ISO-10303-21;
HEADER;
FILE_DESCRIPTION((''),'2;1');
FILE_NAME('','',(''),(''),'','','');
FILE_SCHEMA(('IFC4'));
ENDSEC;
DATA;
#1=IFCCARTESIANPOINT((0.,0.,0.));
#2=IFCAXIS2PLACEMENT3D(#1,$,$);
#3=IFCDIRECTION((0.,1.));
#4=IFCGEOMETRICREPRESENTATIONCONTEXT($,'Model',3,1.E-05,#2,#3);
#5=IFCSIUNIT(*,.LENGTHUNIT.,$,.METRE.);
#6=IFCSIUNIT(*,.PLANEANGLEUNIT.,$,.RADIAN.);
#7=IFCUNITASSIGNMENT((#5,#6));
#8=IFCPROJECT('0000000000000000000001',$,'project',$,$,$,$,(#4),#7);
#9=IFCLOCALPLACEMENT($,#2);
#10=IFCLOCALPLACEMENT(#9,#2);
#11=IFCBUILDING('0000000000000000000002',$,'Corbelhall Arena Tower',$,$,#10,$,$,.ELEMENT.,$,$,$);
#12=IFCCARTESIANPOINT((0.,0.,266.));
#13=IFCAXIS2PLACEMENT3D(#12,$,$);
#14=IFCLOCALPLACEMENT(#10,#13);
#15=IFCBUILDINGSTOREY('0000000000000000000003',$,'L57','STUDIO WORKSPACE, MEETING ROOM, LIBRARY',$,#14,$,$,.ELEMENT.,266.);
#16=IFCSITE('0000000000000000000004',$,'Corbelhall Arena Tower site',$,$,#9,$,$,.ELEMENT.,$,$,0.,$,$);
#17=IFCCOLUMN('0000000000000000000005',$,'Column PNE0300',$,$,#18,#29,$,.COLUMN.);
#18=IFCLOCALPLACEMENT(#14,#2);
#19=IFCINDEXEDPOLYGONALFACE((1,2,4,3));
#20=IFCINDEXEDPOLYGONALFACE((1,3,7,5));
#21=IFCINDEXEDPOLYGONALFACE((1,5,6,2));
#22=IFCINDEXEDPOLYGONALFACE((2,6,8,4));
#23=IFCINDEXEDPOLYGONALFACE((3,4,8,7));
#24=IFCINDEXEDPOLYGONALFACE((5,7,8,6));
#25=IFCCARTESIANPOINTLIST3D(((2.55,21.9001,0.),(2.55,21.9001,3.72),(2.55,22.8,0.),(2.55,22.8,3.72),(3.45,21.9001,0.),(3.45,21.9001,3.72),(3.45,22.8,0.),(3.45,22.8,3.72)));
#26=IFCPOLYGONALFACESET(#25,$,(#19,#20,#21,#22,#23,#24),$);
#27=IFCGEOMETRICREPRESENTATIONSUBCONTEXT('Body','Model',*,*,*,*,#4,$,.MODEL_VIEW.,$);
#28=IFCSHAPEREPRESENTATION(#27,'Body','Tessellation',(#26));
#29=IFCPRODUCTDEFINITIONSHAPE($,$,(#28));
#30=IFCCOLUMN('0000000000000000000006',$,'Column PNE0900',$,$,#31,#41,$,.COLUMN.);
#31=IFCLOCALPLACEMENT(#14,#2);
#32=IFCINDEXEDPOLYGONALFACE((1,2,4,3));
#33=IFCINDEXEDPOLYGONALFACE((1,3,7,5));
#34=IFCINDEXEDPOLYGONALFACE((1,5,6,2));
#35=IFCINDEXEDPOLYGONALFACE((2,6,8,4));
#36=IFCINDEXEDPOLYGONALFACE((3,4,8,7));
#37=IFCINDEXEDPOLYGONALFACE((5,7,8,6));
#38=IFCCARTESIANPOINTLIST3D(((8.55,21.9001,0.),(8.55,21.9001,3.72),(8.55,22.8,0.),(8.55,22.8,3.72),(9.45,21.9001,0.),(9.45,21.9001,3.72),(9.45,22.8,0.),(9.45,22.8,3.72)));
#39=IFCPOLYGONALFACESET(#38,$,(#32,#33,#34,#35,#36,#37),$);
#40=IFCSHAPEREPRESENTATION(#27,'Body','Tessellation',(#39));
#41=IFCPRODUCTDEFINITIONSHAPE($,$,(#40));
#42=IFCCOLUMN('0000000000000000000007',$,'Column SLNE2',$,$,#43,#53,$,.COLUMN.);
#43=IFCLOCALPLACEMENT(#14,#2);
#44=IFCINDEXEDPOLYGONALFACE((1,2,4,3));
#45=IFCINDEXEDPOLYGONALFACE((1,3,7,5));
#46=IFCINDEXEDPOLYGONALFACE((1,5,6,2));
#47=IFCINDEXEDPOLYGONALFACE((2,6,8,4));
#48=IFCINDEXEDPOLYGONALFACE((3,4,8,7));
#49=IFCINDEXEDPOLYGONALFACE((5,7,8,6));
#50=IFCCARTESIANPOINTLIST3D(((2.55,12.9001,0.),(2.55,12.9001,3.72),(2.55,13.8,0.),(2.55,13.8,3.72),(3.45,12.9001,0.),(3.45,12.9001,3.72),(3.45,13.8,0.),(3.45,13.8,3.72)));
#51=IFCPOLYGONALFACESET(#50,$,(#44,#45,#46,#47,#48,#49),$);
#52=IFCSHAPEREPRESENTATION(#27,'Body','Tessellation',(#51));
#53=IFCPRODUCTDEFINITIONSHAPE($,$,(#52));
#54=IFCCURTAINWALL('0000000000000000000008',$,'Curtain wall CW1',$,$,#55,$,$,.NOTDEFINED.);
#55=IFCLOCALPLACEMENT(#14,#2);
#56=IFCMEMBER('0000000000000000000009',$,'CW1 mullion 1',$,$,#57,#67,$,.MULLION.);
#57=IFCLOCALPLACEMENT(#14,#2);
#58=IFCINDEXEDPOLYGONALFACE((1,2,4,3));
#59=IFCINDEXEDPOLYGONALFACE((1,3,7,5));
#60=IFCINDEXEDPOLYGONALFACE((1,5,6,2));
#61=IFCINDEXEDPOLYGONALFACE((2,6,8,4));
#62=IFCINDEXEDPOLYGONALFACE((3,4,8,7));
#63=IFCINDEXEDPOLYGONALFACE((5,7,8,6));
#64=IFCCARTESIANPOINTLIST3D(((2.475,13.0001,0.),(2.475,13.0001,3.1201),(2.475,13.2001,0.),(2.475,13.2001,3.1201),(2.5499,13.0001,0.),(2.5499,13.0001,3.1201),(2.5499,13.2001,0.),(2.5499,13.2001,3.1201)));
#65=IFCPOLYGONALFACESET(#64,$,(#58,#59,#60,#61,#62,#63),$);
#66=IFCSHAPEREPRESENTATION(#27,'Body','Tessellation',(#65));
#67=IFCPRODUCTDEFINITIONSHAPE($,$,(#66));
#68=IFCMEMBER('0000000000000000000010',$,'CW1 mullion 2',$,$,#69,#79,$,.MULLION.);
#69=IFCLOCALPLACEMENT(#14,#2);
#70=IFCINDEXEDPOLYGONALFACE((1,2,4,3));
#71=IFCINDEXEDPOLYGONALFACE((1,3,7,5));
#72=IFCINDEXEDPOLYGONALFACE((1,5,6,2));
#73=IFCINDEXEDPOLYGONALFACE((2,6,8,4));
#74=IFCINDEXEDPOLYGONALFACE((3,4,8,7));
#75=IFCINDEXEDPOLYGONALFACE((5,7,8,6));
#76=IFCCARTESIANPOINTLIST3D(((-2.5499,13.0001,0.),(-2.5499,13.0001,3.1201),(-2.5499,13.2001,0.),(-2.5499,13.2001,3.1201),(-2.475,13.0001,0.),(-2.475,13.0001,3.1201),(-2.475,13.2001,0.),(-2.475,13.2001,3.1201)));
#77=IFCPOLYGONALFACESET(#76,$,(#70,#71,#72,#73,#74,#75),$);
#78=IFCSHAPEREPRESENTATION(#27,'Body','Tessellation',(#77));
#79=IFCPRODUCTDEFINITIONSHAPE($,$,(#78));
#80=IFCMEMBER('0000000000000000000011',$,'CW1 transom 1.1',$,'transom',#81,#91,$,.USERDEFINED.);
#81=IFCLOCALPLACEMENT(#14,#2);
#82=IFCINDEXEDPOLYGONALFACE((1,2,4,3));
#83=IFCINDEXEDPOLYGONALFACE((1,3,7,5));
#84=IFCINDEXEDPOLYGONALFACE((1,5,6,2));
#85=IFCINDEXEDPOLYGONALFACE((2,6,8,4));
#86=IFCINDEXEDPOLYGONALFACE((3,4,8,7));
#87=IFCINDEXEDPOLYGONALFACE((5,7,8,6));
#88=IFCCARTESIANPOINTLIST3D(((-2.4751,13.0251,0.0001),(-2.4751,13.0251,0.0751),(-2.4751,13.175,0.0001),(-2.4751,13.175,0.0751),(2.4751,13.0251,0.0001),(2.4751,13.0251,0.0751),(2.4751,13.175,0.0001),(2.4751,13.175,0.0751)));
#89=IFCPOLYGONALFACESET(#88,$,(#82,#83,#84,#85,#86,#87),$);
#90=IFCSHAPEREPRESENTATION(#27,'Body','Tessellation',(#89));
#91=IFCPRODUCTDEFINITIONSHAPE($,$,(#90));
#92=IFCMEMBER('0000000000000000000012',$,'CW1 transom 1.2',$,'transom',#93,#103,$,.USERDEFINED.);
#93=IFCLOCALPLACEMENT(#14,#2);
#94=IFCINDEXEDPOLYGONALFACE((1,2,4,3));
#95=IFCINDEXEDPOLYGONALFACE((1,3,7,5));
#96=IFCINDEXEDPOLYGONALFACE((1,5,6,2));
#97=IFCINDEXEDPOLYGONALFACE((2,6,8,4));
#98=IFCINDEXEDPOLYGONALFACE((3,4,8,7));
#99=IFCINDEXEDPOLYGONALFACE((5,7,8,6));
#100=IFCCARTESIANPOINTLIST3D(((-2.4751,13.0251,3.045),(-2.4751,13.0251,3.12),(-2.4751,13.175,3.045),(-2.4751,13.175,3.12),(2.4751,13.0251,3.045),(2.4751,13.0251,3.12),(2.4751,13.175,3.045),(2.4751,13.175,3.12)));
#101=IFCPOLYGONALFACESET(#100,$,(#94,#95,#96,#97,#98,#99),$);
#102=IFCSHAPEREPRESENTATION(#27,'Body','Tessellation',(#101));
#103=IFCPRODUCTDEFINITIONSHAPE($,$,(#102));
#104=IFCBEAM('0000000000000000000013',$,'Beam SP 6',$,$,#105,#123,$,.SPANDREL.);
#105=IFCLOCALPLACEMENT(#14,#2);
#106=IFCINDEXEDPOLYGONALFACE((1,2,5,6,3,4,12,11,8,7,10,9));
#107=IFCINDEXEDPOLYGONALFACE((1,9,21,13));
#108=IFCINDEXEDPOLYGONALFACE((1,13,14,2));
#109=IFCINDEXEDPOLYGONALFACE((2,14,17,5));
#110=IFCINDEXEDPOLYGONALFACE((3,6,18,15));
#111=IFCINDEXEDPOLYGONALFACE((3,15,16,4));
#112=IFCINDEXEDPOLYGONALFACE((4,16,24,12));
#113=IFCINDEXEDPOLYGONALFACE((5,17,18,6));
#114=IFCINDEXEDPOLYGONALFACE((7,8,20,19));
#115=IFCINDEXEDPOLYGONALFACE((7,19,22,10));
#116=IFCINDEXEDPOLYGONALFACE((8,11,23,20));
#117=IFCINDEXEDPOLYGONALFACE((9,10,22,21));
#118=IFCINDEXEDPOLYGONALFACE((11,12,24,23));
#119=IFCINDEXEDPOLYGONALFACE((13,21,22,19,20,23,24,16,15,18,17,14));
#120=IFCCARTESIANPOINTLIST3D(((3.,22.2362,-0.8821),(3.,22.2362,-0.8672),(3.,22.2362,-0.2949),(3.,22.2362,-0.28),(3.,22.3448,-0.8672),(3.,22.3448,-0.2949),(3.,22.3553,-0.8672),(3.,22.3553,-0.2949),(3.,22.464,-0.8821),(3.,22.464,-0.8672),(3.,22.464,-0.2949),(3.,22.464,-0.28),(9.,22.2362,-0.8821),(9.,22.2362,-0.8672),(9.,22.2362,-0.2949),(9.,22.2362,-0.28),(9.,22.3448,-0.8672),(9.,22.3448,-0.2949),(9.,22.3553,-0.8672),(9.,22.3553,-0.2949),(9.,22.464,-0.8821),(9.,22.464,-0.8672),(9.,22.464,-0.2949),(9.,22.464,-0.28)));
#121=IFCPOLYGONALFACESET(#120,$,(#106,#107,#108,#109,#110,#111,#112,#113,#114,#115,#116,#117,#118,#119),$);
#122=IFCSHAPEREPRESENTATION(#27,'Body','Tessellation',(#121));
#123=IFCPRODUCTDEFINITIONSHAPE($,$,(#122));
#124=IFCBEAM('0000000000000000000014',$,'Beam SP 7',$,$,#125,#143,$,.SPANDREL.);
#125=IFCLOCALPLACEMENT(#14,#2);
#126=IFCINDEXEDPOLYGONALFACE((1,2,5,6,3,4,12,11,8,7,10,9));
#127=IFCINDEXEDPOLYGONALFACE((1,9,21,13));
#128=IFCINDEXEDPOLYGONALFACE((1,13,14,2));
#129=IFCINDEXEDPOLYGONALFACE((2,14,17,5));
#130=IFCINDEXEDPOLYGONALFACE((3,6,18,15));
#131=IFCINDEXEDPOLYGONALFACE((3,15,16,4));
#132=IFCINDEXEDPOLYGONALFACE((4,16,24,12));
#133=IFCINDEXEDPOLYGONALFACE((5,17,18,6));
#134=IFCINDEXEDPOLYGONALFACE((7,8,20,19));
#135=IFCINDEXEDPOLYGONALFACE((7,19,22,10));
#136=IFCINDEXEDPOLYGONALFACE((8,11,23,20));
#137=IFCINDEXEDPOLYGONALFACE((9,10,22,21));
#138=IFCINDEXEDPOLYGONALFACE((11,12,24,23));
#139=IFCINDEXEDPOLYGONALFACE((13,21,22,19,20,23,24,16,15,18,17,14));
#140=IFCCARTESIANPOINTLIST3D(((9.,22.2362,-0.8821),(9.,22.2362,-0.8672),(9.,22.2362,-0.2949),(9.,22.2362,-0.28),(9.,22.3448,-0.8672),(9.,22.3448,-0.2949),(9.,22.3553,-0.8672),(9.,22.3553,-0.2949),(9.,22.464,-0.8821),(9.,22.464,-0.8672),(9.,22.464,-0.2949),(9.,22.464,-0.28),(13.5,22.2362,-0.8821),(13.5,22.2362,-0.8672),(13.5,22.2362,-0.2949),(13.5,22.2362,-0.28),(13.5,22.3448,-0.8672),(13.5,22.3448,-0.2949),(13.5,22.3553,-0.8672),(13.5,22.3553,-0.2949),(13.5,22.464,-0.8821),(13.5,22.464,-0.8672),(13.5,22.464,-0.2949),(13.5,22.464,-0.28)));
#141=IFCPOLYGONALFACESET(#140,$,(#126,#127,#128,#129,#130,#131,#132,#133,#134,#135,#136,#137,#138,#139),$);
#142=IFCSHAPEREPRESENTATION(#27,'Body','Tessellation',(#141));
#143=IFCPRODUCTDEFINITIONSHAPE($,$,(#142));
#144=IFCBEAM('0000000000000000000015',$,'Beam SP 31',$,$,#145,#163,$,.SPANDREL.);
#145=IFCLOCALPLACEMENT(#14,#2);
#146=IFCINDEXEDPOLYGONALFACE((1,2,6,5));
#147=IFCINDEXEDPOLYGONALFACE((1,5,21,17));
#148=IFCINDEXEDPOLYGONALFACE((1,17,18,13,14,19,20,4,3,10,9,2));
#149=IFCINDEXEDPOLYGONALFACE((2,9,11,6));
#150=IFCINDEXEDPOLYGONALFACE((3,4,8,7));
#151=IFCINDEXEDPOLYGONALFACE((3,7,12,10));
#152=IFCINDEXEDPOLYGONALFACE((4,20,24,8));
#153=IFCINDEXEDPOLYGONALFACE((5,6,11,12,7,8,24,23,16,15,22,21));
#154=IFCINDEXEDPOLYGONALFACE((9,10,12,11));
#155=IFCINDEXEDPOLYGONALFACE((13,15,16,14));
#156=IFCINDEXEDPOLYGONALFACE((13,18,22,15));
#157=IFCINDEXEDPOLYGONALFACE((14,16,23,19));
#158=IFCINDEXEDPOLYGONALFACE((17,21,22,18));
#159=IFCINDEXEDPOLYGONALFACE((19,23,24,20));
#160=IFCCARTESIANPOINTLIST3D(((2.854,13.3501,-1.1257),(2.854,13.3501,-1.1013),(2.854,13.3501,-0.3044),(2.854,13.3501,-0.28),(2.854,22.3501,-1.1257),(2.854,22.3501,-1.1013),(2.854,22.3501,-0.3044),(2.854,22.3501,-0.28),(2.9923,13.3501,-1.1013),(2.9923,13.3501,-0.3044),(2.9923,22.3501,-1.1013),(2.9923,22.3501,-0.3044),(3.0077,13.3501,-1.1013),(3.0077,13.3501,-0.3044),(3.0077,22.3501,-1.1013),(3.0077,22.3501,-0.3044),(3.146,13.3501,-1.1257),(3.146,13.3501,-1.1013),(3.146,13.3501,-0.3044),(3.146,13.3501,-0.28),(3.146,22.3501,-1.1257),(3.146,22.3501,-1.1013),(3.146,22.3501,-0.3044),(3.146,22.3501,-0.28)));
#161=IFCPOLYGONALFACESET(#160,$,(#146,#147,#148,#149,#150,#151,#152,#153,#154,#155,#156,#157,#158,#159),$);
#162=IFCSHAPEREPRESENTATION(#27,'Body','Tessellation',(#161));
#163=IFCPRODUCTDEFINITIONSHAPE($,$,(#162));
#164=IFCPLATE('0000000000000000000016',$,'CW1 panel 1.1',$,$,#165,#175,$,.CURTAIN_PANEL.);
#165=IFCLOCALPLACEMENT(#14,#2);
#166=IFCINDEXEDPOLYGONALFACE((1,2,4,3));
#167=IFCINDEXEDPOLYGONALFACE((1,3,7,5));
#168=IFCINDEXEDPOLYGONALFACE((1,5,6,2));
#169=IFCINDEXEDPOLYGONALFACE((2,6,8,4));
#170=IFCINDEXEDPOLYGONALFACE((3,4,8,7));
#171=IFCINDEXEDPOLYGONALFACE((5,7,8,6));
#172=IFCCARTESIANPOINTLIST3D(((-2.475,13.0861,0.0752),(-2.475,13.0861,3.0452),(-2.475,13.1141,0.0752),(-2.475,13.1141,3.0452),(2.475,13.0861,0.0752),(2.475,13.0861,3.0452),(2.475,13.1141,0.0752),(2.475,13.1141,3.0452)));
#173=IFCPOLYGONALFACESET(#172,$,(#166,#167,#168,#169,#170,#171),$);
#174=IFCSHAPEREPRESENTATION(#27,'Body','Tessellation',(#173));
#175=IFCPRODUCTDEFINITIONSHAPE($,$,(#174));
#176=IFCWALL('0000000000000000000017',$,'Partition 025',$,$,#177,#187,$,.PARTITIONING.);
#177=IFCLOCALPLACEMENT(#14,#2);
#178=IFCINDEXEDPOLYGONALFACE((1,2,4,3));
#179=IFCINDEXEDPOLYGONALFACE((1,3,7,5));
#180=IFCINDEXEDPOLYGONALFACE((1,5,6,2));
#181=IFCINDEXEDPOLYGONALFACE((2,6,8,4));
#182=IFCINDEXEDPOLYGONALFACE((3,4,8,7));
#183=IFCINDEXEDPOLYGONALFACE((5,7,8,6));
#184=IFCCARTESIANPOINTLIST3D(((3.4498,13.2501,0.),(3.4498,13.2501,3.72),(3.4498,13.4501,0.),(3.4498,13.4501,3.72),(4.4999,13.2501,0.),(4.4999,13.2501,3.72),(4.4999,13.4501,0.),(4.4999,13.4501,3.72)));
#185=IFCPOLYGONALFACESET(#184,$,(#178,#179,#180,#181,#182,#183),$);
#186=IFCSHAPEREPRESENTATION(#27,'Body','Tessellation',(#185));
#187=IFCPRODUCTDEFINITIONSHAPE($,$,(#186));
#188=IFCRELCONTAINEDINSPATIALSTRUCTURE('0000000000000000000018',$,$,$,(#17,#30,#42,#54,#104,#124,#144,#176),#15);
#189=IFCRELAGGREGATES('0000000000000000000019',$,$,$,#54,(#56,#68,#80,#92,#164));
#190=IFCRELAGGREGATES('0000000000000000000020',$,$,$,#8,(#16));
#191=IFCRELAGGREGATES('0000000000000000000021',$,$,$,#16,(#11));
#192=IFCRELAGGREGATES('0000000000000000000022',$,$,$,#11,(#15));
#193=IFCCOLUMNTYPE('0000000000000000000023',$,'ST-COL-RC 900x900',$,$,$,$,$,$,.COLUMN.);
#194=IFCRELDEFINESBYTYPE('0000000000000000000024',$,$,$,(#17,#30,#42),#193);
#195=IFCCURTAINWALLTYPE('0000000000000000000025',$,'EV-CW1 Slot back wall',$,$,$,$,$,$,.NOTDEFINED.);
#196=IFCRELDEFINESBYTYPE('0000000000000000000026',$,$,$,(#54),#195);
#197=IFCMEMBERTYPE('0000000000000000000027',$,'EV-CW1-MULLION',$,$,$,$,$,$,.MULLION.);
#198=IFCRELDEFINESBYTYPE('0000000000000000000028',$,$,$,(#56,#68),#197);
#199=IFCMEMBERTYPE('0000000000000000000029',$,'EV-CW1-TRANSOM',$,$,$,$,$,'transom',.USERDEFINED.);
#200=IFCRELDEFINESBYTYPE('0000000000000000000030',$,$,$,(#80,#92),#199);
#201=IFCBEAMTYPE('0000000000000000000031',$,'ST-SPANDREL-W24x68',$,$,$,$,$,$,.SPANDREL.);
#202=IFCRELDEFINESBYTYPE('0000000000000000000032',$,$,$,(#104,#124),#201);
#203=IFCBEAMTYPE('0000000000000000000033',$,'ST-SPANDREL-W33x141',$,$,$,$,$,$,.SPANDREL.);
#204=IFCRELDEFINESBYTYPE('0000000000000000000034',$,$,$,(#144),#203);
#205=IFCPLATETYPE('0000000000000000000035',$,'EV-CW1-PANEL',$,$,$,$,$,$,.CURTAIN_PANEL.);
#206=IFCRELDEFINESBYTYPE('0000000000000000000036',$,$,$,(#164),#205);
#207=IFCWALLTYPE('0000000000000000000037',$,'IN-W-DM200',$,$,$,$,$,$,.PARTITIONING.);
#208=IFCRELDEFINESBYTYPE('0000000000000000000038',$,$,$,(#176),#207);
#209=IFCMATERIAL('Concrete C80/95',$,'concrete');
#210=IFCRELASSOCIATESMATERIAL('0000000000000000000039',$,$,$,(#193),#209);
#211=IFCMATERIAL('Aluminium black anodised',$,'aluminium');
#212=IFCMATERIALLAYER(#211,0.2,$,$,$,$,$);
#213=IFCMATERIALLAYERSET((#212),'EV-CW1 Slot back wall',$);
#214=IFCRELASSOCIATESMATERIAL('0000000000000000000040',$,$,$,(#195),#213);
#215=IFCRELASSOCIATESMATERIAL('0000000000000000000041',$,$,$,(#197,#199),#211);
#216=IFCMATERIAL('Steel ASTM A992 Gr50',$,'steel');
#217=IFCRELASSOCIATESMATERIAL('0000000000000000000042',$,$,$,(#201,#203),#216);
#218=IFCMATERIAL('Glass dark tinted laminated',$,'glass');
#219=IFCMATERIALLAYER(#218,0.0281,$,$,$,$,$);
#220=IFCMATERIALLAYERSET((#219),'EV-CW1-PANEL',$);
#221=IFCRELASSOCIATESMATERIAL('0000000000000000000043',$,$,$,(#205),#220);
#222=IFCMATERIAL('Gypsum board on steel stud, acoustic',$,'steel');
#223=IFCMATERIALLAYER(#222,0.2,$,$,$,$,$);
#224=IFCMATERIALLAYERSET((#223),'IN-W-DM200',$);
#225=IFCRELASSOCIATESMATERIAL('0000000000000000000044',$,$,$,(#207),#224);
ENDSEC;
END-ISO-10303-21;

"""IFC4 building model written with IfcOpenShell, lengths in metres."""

from ifc_helpers import new_model, si_unit, direction, frame, frame_2d, origin, origin_2d, place, context, subcontext, project, spatial, rectangle, i_section, extrude, material, layer, layer_set, material_profile, profile_set, type_object, element, aggregate, save


model = new_model("IFC4")

# Units and contexts
model_context = context("Model", 3, precision=1e-05, world=origin(), true_north=direction((0.0, 1.0)))
body_context = subcontext(model_context, "Body", "Model", "MODEL_VIEW")
ifc_project = project(units=[si_unit("LENGTHUNIT", "METRE"), si_unit("PLANEANGLEUNIT", "RADIAN")], contexts=[model_context])

# Site, building, storey
site_placement = place(None, origin())
site = spatial("IfcSite", under=ifc_project, at=site_placement, Name="Corbelhall Arena Tower site", CompositionType="ELEMENT", RefElevation=0.0)
building_placement = place(site_placement, origin())
building = spatial("IfcBuilding", under=site, at=building_placement, Name="Corbelhall Arena Tower", CompositionType="ELEMENT")
storey_placement = place(building_placement, frame((0.0, 0.0, 266.0)))
storey = spatial("IfcBuildingStorey", under=building, at=storey_placement, Name="L57", Description="STUDIO WORKSPACE, MEETING ROOM, LIBRARY", CompositionType="ELEMENT", Elevation=266.0)

# Columns
ifc_material_1 = material(Name="Concrete C80/95", Category="concrete")
ifc_material_profile_1 = material_profile(ifc_material_1, rectangle(XDim=0.8999, YDim=0.8999, at=origin_2d()))
ifc_profile_set_1 = profile_set([ifc_material_profile_1], Name="Concrete C80/95")
column_type = type_object("IfcColumnType", Name="ST-COL-RC 900x900", PredefinedType="COLUMN", material=ifc_profile_set_1)
for number, where, z_axis, x_axis, name in (
    (1, (3.0, 22.3501, 0.0), (0.0, 0.0, 1.0), (1.0, 0.0, 0.0), "Column PNE0300"),
    (2, (9.0, 22.3501, 0.0), (0.0, 0.0, 1.0), (1.0, 0.0, 0.0), "Column PNE0900"),
    (3, (3.0, 13.3501, 0.0), (0.0, 0.0, 1.0), (1.0, 0.0, 0.0), "Column SLNE2"),
):
    element("IfcColumn", number, at=place(storey_placement, frame(where, z_axis=z_axis, x_axis=x_axis)), inside=storey, type_object=column_type, Name=name, PredefinedType="COLUMN", context=body_context, shape_type="SweptSolid", body=[
        extrude(rectangle(XDim=0.8999, YDim=0.8999, at=origin_2d()), origin(), (0.0, 0.0, 1.0), 3.72),
    ])

# Curtain wall, members
ifc_material_2 = material(Name="Aluminium black anodised", Category="aluminium")
ifc_layer_1 = layer(ifc_material_2, 0.2)
ifc_layer_set_1 = layer_set([ifc_layer_1], Name="EV-CW1 Slot back wall")
curtain_wall_type = type_object("IfcCurtainWallType", Name="EV-CW1 Slot back wall", PredefinedType="NOTDEFINED", material=ifc_layer_set_1)
curtain_wall_placement = place(storey_placement, origin())
curtain_wall = element("IfcCurtainWall", 4, at=curtain_wall_placement, inside=storey, type_object=curtain_wall_type, Name="Curtain wall CW1", PredefinedType="NOTDEFINED")
ifc_material_profile_2 = material_profile(ifc_material_2, rectangle(XDim=0.2, YDim=0.075, at=origin_2d()))
ifc_profile_set_2 = profile_set([ifc_material_profile_2], Name="Aluminium black anodised")
member_type_1 = type_object("IfcMemberType", Name="EV-CW1-MULLION", PredefinedType="MULLION", material=ifc_profile_set_2)
member_1_placement = place(storey_placement, frame((2.5125, 13.1001, 0.0), z_axis=(0.0, 0.0, 1.0), x_axis=(0.0, -1.0, 0.0)))
member_1 = element("IfcMember", 5, at=member_1_placement, type_object=member_type_1, Name="CW1 mullion 1", PredefinedType="MULLION", context=body_context, shape_type="SweptSolid", body=[
    extrude(rectangle(XDim=0.2, YDim=0.075, at=origin_2d()), origin(), (0.0, 0.0, 1.0), 3.1201),
])
member_2_placement = place(storey_placement, frame((-2.5125, 13.1001, 0.0), z_axis=(0.0, 0.0, 1.0), x_axis=(0.0, -1.0, 0.0)))
member_2 = element("IfcMember", 6, at=member_2_placement, type_object=member_type_1, Name="CW1 mullion 2", PredefinedType="MULLION", context=body_context, shape_type="SweptSolid", body=[
    extrude(rectangle(XDim=0.2, YDim=0.075, at=origin_2d()), origin(), (0.0, 0.0, 1.0), 3.1201),
])
ifc_material_profile_3 = material_profile(ifc_material_2, rectangle(XDim=0.1499, YDim=0.075, at=origin_2d()))
ifc_profile_set_3 = profile_set([ifc_material_profile_3], Name="Aluminium black anodised")
member_type_2 = type_object("IfcMemberType", Name="EV-CW1-TRANSOM", ElementType="transom", PredefinedType="USERDEFINED", material=ifc_profile_set_3)
member_3_placement = place(storey_placement, frame((2.4751, 13.1001, 0.0376), z_axis=(-1.0, 0.0, 0.0), x_axis=(0.0, -1.0, 0.0)))
member_3 = element("IfcMember", 7, at=member_3_placement, type_object=member_type_2, Name="CW1 transom 1.1", ObjectType="transom", PredefinedType="USERDEFINED", context=body_context, shape_type="SweptSolid", body=[
    extrude(rectangle(XDim=0.1499, YDim=0.075, at=origin_2d()), origin(), (0.0, 0.0, 1.0), 4.9502),
])
member_4_placement = place(storey_placement, frame((2.4751, 13.1001, 3.0825), z_axis=(-1.0, 0.0, 0.0), x_axis=(0.0, -1.0, 0.0)))
member_4 = element("IfcMember", 8, at=member_4_placement, type_object=member_type_2, Name="CW1 transom 1.2", ObjectType="transom", PredefinedType="USERDEFINED", context=body_context, shape_type="SweptSolid", body=[
    extrude(rectangle(XDim=0.1499, YDim=0.075, at=origin_2d()), origin(), (0.0, 0.0, 1.0), 4.9502),
])

# Beams
ifc_material_3 = material(Name="Steel ASTM A992 Gr50", Category="steel")
ifc_material_profile_4 = material_profile(ifc_material_3, i_section(OverallWidth=0.2278, OverallDepth=0.6021, WebThickness=0.0105, FlangeThickness=0.0149, at=origin_2d()))
ifc_profile_set_4 = profile_set([ifc_material_profile_4], Name="Steel ASTM A992 Gr50")
beam_type_1 = type_object("IfcBeamType", Name="ST-SPANDREL-W24x68", PredefinedType="SPANDREL", material=ifc_profile_set_4)
beam_1_placement = place(storey_placement, frame((3.0, 22.3501, -0.5811), z_axis=(1.0, 0.0, 0.0), x_axis=(0.0, 1.0, 0.0)))
element("IfcBeam", 9, at=beam_1_placement, inside=storey, type_object=beam_type_1, Name="Beam SP 6", PredefinedType="SPANDREL", context=body_context, shape_type="SweptSolid", body=[
    extrude(i_section(OverallWidth=0.2278, OverallDepth=0.6021, WebThickness=0.0105, FlangeThickness=0.0149, at=origin_2d()), origin(), (0.0, 0.0, 1.0), 6.0),
])
beam_2_placement = place(storey_placement, frame((9.0, 22.3501, -0.5811), z_axis=(1.0, 0.0, 0.0), x_axis=(0.0, 1.0, 0.0)))
element("IfcBeam", 10, at=beam_2_placement, inside=storey, type_object=beam_type_1, Name="Beam SP 7", PredefinedType="SPANDREL", context=body_context, shape_type="SweptSolid", body=[
    extrude(i_section(OverallWidth=0.2278, OverallDepth=0.6021, WebThickness=0.0105, FlangeThickness=0.0149, at=origin_2d()), origin(), (0.0, 0.0, 1.0), 4.5),
])
ifc_material_profile_5 = material_profile(ifc_material_3, i_section(OverallWidth=0.292, OverallDepth=0.8457, WebThickness=0.0154, FlangeThickness=0.0244, at=origin_2d()))
ifc_profile_set_5 = profile_set([ifc_material_profile_5], Name="Steel ASTM A992 Gr50")
beam_type_2 = type_object("IfcBeamType", Name="ST-SPANDREL-W33x141", PredefinedType="SPANDREL", material=ifc_profile_set_5)
beam_3_placement = place(storey_placement, frame((3.0, 13.3501, -0.7029), z_axis=(0.0, 1.0, 0.0), x_axis=(-1.0, 0.0, 0.0)))
element("IfcBeam", 11, at=beam_3_placement, inside=storey, type_object=beam_type_2, Name="Beam SP 31", PredefinedType="SPANDREL", context=body_context, shape_type="SweptSolid", body=[
    extrude(i_section(OverallWidth=0.292, OverallDepth=0.8457, WebThickness=0.0154, FlangeThickness=0.0244, at=origin_2d()), origin(), (0.0, 0.0, 1.0), 9.0),
])

# Plate
ifc_material_4 = material(Name="Glass dark tinted laminated", Category="glass")
ifc_layer_2 = layer(ifc_material_4, 0.0281)
ifc_layer_set_2 = layer_set([ifc_layer_2], Name="EV-CW1-PANEL")
plate_type = type_object("IfcPlateType", Name="EV-CW1-PANEL", PredefinedType="CURTAIN_PANEL", material=ifc_layer_set_2)
plate_placement = place(storey_placement, frame((0.0, 13.1001, 0.0752), z_axis=(0.0, 0.0, 1.0), x_axis=(-1.0, 0.0, 0.0)))
plate = element("IfcPlate", 12, at=plate_placement, type_object=plate_type, Name="CW1 panel 1.1", PredefinedType="CURTAIN_PANEL", context=body_context, shape_type="SweptSolid", body=[
    extrude(rectangle(XDim=4.95, YDim=0.0281, at=origin_2d()), origin(), (0.0, 0.0, 1.0), 2.97),
])
aggregate(curtain_wall, [member_1, member_2, member_3, member_4, plate])

# Wall
ifc_material_5 = material(Name="Gypsum board on steel stud, acoustic", Category="steel")
ifc_layer_3 = layer(ifc_material_5, 0.2)
ifc_layer_set_3 = layer_set([ifc_layer_3], Name="IN-W-DM200")
wall_type_1 = type_object("IfcWallType", Name="IN-W-DM200", PredefinedType="PARTITIONING", material=ifc_layer_set_3)
wall_1_placement = place(storey_placement, frame((3.45, 13.3501, 0.0), z_axis=(0.0, 0.0, 1.0), x_axis=(1.0, 0.0, 0.0)))
element("IfcWall", 13, at=wall_1_placement, inside=storey, type_object=wall_type_1, Name="Partition 025", PredefinedType="PARTITIONING", context=body_context, shape_type="SweptSolid", body=[
    extrude(rectangle(XDim=1.05, YDim=0.2, at=frame_2d((0.5249, 0.0))), origin(), (0.0, 0.0, 1.0), 3.72),
])

save(model, "model.ifc")
